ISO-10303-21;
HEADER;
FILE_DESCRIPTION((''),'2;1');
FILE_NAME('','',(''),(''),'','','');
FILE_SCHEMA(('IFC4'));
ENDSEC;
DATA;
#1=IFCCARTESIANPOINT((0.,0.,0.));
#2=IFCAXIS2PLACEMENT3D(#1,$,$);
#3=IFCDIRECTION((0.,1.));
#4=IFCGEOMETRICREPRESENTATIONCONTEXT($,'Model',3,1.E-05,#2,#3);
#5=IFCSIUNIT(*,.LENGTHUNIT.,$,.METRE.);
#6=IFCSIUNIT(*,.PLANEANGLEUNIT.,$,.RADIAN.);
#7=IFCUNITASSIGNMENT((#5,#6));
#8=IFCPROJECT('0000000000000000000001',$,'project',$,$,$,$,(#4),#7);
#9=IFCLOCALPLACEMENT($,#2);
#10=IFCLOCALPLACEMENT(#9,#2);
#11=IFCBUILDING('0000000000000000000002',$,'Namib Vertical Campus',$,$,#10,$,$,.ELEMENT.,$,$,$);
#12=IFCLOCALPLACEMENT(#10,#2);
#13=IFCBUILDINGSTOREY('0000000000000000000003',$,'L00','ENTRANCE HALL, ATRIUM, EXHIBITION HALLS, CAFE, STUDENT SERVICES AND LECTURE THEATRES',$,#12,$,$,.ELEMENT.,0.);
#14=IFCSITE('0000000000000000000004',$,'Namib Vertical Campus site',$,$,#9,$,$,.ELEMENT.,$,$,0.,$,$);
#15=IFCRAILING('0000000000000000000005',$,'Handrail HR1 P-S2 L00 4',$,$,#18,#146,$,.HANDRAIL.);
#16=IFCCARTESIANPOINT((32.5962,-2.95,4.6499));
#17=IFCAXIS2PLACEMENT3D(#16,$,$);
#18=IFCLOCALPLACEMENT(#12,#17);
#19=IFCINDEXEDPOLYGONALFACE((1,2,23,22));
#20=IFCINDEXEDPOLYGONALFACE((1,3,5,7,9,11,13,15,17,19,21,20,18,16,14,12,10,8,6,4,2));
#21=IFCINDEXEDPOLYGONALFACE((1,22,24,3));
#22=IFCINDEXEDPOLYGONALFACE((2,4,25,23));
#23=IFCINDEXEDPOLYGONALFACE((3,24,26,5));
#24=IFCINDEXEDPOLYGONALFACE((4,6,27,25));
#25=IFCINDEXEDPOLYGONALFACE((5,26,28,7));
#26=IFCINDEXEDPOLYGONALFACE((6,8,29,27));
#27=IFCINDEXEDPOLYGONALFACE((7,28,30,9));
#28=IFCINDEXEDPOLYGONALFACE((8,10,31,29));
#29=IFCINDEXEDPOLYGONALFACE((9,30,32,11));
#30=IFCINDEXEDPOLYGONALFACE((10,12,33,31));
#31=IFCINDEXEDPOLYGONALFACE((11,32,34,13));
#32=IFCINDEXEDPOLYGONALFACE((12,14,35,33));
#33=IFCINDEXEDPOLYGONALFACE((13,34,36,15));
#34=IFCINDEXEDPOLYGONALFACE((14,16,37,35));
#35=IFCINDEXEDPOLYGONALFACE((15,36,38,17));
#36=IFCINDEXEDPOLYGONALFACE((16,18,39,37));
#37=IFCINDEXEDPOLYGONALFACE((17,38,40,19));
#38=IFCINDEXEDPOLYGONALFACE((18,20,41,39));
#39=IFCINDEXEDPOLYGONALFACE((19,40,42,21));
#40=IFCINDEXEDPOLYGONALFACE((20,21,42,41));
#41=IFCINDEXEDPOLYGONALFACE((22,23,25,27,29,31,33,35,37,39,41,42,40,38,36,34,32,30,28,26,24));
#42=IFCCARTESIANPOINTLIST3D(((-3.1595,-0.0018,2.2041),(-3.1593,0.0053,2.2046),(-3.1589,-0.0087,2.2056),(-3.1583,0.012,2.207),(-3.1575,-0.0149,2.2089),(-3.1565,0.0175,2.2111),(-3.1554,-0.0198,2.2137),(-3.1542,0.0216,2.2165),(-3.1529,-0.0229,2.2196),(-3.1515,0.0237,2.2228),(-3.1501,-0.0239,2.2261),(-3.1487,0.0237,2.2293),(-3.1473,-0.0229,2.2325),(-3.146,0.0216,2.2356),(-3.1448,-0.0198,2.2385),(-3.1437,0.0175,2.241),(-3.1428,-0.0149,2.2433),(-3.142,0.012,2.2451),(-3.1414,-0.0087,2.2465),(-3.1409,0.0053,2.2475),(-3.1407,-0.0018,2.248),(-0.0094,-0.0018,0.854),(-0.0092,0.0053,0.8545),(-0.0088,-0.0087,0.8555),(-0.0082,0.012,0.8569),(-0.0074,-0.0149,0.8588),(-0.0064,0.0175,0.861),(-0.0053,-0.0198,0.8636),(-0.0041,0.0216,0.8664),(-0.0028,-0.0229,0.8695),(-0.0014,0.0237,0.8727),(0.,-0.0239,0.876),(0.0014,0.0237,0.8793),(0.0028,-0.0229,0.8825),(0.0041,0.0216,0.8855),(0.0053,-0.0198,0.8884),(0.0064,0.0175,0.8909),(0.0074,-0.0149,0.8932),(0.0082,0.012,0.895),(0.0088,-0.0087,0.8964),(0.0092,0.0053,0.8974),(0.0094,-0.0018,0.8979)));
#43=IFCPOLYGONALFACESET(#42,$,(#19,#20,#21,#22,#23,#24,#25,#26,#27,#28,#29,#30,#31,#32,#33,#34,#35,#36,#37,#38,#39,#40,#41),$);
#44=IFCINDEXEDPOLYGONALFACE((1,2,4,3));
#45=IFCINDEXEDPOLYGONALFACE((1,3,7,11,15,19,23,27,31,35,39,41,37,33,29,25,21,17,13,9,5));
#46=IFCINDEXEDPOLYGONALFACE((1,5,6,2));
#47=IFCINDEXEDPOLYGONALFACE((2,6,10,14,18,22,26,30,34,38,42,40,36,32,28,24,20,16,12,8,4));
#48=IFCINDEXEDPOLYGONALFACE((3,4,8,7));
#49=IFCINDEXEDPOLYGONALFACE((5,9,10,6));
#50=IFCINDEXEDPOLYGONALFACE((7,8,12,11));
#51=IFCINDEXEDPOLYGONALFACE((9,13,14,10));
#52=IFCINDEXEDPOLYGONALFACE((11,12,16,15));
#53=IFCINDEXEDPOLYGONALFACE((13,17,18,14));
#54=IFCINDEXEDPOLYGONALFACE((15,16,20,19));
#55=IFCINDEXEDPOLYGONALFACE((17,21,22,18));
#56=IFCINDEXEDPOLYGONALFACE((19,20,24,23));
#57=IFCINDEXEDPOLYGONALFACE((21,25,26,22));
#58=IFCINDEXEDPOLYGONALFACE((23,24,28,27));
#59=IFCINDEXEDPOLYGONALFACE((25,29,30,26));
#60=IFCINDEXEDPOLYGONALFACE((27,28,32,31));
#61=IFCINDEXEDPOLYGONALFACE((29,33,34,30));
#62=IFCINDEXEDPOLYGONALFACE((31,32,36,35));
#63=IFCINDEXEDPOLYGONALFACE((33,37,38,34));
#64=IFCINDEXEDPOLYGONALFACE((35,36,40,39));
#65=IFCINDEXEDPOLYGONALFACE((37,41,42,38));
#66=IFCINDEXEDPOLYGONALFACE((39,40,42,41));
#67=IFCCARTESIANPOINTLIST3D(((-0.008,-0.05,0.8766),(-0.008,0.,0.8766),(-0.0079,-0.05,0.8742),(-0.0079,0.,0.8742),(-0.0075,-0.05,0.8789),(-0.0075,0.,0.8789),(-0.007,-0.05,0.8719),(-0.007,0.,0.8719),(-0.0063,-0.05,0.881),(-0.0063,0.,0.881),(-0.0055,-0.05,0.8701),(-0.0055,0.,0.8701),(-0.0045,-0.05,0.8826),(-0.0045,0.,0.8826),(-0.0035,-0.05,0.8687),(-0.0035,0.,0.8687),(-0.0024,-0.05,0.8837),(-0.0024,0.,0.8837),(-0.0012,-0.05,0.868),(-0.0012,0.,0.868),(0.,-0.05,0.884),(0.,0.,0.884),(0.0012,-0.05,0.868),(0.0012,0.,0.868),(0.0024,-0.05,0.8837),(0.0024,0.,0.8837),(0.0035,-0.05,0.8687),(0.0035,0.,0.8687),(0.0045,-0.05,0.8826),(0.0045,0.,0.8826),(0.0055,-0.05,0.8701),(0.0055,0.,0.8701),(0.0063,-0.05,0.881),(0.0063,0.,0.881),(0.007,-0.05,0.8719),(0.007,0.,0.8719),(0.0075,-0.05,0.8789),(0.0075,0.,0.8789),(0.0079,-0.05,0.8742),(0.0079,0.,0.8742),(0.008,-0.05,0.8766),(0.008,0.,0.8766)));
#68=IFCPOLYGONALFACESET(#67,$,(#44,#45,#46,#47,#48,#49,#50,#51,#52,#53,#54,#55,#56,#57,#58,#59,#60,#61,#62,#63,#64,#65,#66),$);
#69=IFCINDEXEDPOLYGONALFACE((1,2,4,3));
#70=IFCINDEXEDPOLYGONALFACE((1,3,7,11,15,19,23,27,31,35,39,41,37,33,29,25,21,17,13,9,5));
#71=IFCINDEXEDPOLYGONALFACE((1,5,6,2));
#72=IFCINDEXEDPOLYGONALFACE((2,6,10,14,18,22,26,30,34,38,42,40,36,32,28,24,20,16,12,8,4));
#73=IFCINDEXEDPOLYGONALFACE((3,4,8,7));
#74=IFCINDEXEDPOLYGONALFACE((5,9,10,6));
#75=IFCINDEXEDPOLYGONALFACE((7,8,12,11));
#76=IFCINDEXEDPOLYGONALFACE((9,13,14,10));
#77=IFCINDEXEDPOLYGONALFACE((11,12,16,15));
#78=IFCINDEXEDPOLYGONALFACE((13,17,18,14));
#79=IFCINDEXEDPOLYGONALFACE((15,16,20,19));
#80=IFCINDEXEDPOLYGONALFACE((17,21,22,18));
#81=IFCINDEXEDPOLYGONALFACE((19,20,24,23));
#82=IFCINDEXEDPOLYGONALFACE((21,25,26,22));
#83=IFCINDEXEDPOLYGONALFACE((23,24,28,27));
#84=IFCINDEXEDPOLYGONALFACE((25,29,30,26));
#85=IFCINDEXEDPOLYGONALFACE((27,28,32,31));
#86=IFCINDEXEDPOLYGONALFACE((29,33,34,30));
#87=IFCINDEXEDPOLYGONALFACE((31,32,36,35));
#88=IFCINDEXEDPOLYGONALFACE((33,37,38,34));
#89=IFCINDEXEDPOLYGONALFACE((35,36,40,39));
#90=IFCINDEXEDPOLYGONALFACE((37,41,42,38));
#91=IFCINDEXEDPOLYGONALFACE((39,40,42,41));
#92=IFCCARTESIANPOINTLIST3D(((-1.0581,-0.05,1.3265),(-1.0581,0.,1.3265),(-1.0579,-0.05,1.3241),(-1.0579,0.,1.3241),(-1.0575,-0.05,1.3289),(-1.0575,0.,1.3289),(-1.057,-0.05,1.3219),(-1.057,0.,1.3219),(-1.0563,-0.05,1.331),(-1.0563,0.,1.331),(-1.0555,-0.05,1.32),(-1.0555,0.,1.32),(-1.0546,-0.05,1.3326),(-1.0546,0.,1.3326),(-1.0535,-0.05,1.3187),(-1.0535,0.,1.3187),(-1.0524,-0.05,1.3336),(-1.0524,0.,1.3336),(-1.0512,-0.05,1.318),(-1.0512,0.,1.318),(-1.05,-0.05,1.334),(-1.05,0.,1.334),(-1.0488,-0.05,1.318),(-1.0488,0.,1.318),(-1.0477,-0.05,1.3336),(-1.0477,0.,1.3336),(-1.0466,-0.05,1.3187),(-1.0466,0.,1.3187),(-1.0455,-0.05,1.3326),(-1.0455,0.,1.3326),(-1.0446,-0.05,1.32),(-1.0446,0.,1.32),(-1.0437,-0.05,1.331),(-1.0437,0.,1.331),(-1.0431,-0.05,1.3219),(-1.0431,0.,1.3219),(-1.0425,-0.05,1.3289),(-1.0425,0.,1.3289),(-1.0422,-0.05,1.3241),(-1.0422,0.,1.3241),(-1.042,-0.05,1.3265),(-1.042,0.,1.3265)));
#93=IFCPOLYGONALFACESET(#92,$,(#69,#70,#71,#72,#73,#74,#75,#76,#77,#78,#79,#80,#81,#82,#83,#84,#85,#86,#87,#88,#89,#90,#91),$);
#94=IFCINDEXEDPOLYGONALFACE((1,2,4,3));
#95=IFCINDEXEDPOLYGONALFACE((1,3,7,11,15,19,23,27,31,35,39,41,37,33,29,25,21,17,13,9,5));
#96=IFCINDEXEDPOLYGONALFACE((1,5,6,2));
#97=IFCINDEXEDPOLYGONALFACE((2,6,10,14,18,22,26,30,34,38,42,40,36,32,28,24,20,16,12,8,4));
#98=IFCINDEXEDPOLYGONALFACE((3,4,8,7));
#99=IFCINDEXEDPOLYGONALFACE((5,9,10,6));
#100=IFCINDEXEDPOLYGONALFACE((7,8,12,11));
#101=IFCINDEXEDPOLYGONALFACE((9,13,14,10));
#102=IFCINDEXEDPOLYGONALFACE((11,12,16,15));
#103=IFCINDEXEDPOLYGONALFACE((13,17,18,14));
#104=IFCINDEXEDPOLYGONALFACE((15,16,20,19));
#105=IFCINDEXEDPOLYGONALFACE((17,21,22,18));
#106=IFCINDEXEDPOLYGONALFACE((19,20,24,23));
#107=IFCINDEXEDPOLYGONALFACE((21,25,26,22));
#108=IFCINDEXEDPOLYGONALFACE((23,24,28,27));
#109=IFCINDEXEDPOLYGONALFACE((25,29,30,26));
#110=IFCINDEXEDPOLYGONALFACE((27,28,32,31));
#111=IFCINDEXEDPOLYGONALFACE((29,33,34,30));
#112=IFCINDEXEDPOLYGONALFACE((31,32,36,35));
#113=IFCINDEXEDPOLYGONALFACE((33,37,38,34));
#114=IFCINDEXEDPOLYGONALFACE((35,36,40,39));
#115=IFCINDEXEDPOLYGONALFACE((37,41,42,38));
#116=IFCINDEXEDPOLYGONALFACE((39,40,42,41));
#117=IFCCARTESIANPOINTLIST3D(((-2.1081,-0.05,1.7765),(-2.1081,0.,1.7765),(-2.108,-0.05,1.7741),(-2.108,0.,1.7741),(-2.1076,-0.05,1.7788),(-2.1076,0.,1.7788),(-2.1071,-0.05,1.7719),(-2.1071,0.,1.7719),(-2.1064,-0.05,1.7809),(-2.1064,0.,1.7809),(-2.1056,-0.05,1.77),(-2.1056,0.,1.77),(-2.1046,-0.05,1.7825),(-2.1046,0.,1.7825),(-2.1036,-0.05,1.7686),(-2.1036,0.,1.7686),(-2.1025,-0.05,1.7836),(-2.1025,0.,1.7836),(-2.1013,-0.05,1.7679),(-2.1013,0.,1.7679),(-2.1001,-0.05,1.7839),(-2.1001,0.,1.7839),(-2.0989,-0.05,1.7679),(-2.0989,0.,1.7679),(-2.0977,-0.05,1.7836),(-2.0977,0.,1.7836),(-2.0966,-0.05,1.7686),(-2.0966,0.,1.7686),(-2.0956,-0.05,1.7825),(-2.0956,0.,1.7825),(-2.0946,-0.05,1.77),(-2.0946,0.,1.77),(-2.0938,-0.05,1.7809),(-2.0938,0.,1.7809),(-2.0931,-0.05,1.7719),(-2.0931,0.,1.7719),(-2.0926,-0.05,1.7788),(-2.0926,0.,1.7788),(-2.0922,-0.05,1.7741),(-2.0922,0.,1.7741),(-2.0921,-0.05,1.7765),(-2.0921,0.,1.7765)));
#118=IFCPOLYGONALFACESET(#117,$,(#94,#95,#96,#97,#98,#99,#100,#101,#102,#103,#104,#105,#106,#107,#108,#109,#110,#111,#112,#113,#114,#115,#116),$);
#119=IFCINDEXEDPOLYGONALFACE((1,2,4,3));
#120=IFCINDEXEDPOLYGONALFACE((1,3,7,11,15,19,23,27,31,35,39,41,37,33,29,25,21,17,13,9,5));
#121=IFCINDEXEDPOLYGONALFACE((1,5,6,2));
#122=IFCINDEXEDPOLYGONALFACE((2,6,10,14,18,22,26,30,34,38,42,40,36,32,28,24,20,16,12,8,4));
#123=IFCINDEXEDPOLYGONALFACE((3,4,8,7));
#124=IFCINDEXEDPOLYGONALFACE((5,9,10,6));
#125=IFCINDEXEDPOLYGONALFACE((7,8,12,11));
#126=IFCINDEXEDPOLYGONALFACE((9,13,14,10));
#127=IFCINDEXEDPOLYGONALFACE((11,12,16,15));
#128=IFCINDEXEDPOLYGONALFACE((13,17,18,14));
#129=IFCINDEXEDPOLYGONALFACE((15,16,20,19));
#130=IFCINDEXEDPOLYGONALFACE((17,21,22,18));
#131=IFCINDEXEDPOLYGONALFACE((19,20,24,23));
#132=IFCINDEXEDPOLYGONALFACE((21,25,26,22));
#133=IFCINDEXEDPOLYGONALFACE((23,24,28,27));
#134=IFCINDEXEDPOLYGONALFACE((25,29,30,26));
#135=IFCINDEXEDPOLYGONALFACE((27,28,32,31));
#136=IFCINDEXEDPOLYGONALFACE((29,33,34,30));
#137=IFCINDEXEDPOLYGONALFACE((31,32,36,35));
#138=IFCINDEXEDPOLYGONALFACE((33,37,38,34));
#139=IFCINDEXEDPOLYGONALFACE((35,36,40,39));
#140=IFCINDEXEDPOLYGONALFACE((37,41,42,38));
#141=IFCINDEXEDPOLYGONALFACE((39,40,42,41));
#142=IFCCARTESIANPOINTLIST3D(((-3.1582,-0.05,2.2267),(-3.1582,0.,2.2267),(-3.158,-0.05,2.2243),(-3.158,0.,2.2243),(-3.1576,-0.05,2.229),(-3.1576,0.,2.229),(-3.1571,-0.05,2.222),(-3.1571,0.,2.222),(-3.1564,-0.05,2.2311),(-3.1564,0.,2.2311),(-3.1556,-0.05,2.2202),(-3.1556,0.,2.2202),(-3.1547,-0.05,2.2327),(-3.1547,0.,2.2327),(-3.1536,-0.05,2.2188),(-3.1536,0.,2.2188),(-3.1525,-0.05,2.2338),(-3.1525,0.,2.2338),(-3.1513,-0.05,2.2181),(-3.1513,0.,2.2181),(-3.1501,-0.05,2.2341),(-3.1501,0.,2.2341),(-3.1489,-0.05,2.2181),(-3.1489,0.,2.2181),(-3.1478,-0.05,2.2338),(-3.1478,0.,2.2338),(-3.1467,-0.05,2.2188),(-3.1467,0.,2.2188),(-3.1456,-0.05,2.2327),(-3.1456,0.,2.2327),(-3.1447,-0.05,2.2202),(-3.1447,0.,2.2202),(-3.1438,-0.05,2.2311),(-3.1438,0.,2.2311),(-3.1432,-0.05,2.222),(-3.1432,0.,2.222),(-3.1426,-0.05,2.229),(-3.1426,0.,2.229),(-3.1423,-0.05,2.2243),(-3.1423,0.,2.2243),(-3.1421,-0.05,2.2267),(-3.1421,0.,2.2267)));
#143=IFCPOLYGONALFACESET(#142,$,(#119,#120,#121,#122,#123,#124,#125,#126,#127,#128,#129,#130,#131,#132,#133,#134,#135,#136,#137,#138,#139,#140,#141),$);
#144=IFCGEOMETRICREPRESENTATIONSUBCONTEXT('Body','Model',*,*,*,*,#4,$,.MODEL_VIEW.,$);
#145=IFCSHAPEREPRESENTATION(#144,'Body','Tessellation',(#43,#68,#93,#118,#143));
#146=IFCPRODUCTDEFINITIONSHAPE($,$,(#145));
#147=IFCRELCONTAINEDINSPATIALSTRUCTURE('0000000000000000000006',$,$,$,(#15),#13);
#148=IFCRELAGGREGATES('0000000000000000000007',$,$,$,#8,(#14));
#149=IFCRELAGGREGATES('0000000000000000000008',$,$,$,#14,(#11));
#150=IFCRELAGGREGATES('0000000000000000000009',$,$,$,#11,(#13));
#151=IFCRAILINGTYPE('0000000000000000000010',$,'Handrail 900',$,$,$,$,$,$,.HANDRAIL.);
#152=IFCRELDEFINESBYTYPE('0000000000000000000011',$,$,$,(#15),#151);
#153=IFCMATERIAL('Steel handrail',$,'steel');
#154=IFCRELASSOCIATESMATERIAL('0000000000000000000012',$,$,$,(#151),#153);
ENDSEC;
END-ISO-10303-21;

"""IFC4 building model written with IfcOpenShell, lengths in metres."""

from ifc_helpers import new_model, si_unit, direction, frame, origin, origin_2d, place, context, subcontext, project, spatial, circle, extrude, material, type_object, element, save


model = new_model("IFC4")

# Units and contexts
model_context = context("Model", 3, precision=1e-05, world=origin(), true_north=direction((0.0, 1.0)))
body_context = subcontext(model_context, "Body", "Model", "MODEL_VIEW")
ifc_project = project(units=[si_unit("LENGTHUNIT", "METRE"), si_unit("PLANEANGLEUNIT", "RADIAN")], contexts=[model_context])

# Site, building, storey
site_placement = place(None, origin())
site = spatial("IfcSite", under=ifc_project, at=site_placement, Name="Namib Vertical Campus site", CompositionType="ELEMENT", RefElevation=0.0)
building_placement = place(site_placement, origin())
building = spatial("IfcBuilding", under=site, at=building_placement, Name="Namib Vertical Campus", CompositionType="ELEMENT")
storey_placement = place(building_placement, origin())
storey = spatial("IfcBuildingStorey", under=building, at=storey_placement, Name="L00", Description="ENTRANCE HALL, ATRIUM, EXHIBITION HALLS, CAFE, STUDENT SERVICES AND LECTURE THEATRES", CompositionType="ELEMENT", Elevation=0.0)

# Railing
ifc_material_1 = material(Name="Steel handrail", Category="steel")
railing_type_1 = type_object("IfcRailingType", Name="Handrail 900", PredefinedType="HANDRAIL", material=ifc_material_1)
railing_1_placement = place(storey_placement, frame((32.5962, -2.95, 4.6499)))
element("IfcRailing", 1, at=railing_1_placement, inside=storey, type_object=railing_type_1, Name="Handrail HR1 P-S2 L00 4", PredefinedType="HANDRAIL", context=body_context, shape_type="SweptSolid", body=[
    extrude(circle(Radius=0.0239, at=origin_2d()), frame((0.0, 0.0, 0.876), z_axis=(-0.919141, 0.0, 0.393928), x_axis=(0.0, -1.0, 0.0)), (0.0, 0.0, 1.0), 3.4272),
    extrude(circle(Radius=0.0081, at=origin_2d()), frame((0.0, 0.0, 0.876), z_axis=(0.0, -1.0, 0.0), x_axis=(0.0, 0.0, 1.0)), (0.0, 0.0, 1.0), 0.05),
    extrude(circle(Radius=0.0081, at=origin_2d()), frame((-1.05, 0.0, 1.3259), z_axis=(0.0, -1.0, 0.0), x_axis=(0.0, 0.0, 1.0)), (0.0, 0.0, 1.0), 0.05),
    extrude(circle(Radius=0.0081, at=origin_2d()), frame((-2.1001, 0.0, 1.7759), z_axis=(0.0, -1.0, 0.0), x_axis=(0.0, 0.0, 1.0)), (0.0, 0.0, 1.0), 0.05),
    extrude(circle(Radius=0.0081, at=origin_2d()), frame((-3.1501, 0.0, 2.2261), z_axis=(0.0, -1.0, 0.0), x_axis=(0.0, 0.0, 1.0)), (0.0, 0.0, 1.0), 0.05),
])

save(model, "model.ifc")
